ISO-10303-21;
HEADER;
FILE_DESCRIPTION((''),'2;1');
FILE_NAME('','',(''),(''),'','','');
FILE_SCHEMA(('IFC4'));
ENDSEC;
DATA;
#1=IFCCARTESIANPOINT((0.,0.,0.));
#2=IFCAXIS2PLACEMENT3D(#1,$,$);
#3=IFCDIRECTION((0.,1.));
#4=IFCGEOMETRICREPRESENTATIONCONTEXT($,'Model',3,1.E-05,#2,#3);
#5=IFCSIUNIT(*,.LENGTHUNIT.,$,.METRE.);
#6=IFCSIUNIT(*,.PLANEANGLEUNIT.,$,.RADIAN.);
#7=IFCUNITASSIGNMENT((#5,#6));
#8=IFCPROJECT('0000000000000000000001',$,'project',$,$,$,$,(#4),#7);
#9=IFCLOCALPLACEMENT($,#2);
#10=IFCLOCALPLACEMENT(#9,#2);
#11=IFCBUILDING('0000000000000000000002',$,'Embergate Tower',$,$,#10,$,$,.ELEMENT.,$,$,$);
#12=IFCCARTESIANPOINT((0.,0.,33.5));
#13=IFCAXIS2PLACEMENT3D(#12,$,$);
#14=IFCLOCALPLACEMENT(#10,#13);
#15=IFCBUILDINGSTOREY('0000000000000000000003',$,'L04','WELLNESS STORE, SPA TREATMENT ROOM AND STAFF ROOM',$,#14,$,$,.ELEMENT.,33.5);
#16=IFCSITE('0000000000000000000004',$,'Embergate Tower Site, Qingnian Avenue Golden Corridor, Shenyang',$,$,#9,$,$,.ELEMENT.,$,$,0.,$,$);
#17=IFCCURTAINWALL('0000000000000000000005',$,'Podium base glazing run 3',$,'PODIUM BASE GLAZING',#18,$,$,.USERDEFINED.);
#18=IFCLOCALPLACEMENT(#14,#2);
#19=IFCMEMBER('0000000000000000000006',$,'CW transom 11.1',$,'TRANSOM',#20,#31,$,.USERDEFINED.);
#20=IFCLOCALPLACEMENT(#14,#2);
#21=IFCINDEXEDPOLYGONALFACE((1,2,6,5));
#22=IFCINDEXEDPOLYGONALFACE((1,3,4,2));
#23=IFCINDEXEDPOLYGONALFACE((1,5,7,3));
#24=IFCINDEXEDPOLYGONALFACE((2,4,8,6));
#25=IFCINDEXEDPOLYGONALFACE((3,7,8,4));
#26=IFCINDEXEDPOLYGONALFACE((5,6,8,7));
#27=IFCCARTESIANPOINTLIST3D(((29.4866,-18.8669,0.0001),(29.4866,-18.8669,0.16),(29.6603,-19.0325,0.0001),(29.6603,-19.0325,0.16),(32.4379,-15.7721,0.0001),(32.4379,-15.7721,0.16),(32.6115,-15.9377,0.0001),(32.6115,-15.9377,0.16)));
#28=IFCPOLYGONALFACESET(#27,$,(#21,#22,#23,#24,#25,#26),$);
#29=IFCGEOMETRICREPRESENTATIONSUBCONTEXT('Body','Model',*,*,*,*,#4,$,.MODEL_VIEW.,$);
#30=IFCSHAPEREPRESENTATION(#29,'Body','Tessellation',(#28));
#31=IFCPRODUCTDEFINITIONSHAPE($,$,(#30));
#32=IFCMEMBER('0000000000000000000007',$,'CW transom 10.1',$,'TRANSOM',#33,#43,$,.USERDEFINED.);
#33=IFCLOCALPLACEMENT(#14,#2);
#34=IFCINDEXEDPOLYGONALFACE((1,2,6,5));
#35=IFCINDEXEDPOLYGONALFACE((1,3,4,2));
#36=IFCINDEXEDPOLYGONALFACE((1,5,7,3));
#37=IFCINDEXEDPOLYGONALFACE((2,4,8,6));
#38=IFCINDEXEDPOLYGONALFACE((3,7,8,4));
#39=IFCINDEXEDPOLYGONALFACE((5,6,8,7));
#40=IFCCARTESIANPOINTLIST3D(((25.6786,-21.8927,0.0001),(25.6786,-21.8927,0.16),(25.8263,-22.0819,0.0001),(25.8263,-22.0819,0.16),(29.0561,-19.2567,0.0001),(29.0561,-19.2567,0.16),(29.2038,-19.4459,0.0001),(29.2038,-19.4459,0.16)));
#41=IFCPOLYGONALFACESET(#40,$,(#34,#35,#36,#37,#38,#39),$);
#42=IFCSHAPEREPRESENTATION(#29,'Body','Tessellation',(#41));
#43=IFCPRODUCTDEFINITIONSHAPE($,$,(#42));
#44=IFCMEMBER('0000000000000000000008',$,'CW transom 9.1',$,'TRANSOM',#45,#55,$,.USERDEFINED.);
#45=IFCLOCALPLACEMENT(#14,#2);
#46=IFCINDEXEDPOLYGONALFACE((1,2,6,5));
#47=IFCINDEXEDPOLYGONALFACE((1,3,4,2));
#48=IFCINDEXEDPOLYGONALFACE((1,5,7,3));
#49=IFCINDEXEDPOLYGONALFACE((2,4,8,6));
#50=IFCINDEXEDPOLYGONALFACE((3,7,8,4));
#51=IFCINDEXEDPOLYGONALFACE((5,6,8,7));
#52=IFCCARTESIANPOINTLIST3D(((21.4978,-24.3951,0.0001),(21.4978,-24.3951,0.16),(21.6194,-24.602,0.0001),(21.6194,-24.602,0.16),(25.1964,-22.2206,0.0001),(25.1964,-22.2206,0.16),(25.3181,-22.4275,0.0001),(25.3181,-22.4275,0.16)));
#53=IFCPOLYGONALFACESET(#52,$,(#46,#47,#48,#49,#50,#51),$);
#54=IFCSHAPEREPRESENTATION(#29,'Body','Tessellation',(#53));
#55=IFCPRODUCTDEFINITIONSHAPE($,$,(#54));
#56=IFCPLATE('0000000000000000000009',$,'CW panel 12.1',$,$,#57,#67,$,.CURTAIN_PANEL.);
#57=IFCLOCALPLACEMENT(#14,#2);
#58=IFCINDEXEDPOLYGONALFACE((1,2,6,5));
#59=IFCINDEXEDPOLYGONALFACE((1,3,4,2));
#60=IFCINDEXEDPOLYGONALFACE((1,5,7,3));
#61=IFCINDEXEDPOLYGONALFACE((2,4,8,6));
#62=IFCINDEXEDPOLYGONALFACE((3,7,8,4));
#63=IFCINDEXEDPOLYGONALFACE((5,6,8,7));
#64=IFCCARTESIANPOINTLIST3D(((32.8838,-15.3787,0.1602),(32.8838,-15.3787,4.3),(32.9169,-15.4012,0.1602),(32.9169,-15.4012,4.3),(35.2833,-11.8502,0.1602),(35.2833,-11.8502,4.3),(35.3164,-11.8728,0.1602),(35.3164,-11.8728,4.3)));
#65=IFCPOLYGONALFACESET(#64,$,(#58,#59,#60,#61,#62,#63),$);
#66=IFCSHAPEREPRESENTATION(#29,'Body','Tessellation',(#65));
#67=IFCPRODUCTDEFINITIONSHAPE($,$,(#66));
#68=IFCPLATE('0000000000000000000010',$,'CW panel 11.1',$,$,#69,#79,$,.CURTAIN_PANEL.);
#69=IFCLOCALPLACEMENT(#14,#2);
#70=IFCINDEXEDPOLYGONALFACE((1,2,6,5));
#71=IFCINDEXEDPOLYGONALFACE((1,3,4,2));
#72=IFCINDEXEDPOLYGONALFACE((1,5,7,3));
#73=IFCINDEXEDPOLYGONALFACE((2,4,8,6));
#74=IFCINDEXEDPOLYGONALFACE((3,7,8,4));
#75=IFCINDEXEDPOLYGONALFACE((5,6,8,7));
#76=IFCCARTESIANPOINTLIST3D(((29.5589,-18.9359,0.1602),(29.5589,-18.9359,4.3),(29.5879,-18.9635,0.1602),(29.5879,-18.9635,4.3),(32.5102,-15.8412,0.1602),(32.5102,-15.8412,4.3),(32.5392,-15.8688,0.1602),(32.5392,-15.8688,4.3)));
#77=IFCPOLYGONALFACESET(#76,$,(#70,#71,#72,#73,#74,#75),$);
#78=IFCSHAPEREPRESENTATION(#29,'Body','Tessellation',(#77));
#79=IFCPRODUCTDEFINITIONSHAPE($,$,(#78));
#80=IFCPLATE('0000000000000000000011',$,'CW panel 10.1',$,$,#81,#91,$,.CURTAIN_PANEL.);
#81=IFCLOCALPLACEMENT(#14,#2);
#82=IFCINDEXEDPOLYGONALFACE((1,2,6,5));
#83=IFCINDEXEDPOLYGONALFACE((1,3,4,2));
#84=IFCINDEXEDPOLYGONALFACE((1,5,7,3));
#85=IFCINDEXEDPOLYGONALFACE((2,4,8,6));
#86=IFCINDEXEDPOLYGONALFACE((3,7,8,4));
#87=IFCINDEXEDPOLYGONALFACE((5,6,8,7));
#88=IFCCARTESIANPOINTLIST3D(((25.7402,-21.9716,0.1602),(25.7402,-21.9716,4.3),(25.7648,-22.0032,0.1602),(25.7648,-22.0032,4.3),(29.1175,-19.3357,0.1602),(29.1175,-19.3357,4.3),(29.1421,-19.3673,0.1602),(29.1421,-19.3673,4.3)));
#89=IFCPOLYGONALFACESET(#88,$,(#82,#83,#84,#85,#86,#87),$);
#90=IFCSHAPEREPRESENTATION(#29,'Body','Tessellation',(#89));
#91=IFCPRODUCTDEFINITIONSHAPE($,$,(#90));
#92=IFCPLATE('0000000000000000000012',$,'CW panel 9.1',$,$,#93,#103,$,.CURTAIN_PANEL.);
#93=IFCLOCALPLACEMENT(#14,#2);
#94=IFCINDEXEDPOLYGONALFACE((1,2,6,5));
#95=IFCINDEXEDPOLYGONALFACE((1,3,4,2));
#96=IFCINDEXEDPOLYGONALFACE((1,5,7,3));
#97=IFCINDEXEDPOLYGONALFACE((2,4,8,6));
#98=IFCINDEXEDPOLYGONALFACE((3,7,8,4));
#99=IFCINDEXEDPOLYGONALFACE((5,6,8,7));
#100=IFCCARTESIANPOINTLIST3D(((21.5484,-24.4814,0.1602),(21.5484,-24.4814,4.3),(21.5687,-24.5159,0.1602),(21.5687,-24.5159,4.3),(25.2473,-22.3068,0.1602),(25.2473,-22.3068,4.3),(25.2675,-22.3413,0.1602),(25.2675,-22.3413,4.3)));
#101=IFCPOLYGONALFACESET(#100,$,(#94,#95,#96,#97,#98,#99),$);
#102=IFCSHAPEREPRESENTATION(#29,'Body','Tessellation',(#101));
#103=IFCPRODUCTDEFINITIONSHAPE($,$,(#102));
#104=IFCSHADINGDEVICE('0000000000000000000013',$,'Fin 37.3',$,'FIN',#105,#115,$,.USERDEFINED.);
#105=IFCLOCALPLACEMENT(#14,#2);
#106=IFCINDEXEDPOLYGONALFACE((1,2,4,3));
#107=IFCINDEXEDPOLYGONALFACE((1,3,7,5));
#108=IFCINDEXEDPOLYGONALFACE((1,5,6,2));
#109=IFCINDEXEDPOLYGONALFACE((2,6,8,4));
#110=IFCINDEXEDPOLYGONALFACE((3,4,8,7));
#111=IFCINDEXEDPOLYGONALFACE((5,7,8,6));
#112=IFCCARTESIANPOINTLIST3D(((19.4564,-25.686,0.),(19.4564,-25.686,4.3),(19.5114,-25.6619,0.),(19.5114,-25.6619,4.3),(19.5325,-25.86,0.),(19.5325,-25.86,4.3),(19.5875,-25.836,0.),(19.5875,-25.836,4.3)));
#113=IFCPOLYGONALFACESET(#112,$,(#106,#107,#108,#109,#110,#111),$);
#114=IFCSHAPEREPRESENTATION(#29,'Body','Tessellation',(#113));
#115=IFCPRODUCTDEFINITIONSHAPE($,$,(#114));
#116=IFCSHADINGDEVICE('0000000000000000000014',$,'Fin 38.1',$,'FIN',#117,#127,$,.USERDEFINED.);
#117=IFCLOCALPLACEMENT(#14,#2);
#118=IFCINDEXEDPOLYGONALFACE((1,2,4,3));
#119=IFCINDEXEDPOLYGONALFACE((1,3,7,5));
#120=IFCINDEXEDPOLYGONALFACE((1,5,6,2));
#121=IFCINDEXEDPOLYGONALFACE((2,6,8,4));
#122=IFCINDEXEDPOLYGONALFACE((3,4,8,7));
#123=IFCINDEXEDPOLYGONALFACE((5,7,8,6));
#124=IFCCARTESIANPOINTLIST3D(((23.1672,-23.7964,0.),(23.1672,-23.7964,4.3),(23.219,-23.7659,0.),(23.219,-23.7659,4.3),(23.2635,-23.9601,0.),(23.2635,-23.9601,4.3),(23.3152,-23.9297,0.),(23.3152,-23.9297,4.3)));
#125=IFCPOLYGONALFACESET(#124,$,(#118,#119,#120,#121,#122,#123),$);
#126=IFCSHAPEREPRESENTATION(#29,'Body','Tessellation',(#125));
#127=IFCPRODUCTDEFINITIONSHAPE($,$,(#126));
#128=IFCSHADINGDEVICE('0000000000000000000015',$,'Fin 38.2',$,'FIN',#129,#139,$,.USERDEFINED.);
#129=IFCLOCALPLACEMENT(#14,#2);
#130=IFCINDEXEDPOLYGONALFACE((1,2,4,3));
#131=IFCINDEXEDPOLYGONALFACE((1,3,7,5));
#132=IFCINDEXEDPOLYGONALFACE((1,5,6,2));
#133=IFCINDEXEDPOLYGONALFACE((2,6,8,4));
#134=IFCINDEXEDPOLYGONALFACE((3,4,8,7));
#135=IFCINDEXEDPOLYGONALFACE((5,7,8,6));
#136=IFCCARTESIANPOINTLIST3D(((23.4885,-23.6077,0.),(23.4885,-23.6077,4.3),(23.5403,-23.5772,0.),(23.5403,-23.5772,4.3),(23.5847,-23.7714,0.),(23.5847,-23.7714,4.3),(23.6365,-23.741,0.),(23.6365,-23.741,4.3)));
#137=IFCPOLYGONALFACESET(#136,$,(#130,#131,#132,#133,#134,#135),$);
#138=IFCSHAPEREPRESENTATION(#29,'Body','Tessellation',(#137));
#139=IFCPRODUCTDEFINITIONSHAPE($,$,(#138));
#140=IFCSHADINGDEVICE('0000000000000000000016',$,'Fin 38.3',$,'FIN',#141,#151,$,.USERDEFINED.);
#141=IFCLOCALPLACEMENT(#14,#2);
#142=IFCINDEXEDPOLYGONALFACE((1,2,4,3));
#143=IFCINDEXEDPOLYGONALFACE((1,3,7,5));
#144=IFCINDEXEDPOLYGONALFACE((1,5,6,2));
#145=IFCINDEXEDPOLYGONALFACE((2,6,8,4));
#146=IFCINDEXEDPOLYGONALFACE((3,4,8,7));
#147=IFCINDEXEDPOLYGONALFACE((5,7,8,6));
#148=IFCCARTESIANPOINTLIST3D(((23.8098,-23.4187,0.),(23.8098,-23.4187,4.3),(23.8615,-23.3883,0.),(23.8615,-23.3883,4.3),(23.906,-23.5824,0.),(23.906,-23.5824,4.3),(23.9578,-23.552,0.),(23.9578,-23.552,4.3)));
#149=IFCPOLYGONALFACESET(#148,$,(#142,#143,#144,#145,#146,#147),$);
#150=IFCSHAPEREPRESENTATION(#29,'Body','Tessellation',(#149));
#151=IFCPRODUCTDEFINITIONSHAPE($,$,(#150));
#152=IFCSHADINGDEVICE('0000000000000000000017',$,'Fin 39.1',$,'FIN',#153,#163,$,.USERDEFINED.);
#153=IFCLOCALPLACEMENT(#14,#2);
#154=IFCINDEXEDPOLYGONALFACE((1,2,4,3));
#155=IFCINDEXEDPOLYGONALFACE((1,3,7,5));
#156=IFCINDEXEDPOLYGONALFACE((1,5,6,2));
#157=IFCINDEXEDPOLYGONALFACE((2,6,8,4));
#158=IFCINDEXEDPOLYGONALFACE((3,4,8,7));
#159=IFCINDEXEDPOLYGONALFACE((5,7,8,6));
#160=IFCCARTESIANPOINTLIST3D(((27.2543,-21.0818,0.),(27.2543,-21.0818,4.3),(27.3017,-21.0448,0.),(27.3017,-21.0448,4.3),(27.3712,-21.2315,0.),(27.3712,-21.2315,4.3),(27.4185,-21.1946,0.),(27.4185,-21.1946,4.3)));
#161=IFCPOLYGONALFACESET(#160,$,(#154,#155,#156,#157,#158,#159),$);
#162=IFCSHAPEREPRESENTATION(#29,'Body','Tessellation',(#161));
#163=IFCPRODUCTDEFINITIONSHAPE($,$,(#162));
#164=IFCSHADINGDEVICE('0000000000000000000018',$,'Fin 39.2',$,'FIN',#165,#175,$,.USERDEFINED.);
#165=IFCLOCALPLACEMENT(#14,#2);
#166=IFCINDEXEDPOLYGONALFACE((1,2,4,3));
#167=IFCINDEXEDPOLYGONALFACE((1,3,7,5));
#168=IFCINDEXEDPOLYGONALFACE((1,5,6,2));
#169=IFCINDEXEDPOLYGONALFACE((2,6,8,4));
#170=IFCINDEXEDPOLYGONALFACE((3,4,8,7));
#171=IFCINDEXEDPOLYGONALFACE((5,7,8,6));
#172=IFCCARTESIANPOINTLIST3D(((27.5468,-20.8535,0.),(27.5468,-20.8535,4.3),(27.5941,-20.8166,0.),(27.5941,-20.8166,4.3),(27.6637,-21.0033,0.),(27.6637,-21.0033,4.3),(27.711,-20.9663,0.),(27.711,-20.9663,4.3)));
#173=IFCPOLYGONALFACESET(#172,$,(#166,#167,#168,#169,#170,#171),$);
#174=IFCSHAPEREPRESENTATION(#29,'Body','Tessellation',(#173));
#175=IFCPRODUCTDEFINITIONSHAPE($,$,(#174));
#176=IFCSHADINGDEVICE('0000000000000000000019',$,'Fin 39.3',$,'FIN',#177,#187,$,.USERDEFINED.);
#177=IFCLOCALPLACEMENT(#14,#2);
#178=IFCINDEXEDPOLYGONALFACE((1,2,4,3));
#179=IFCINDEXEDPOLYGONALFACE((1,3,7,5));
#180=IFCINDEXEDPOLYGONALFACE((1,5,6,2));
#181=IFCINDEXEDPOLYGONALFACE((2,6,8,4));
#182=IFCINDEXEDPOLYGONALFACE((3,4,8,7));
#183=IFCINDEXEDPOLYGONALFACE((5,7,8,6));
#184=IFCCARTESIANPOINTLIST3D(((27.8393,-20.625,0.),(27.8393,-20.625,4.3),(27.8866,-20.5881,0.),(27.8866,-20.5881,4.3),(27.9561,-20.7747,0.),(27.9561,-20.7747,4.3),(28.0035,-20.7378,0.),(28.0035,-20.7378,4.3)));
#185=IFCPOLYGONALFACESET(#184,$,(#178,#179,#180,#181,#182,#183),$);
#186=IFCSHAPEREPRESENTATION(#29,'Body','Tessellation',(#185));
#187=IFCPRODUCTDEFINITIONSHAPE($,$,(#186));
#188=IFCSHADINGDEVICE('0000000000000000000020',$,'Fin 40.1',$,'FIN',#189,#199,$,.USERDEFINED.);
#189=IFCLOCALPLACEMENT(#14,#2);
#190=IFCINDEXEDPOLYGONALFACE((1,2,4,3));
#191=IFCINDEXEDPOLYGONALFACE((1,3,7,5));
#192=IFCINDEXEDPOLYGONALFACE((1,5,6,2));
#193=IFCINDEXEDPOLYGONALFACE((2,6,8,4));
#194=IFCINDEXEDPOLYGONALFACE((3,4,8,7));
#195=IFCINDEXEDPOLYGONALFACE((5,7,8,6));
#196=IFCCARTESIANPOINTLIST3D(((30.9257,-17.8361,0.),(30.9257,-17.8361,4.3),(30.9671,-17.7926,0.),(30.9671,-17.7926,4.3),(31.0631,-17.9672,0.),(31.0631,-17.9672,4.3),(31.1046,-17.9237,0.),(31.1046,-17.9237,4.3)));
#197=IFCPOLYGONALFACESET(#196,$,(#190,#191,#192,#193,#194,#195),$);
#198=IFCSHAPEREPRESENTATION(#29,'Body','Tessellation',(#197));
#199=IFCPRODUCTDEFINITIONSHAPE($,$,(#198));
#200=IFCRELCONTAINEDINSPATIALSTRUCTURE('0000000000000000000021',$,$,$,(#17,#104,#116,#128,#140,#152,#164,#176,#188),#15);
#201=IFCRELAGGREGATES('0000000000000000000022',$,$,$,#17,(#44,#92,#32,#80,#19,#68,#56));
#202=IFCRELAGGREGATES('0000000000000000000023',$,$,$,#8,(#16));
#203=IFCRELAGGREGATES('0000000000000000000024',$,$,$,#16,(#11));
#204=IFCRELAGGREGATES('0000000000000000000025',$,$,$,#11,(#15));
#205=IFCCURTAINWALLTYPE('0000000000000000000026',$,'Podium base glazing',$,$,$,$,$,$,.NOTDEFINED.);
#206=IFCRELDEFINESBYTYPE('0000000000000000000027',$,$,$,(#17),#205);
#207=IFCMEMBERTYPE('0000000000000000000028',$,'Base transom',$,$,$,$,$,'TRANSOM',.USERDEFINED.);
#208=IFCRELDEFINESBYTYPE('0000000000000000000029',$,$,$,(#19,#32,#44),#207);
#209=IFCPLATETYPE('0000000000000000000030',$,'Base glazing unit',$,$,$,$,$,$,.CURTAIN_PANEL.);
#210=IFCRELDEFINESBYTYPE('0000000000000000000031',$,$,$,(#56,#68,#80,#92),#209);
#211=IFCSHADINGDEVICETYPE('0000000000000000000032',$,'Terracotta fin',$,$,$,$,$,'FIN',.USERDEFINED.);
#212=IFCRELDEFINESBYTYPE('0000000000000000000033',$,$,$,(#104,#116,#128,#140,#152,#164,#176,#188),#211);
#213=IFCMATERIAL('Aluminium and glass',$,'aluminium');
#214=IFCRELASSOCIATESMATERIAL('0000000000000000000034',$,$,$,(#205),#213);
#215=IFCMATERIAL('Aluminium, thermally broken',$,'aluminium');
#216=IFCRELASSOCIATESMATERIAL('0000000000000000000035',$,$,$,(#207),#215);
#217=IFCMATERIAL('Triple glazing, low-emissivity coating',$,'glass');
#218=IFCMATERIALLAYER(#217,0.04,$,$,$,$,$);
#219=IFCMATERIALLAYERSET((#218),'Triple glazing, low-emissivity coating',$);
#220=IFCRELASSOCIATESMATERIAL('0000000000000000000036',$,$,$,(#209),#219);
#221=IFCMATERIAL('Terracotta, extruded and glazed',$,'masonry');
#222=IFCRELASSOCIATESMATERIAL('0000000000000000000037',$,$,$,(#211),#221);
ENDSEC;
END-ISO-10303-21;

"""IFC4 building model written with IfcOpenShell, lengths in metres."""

from ifc_helpers import new_model, si_unit, direction, frame, origin, origin_2d, place, context, subcontext, project, spatial, rectangle, extrude, source, transform, mapped, material, layer, layer_set, material_profile, profile_set, type_object, element, aggregate, save


model = new_model("IFC4")

# Units and contexts
model_context = context("Model", 3, precision=1e-05, world=origin(), true_north=direction((0.0, 1.0)))
body_context = subcontext(model_context, "Body", "Model", "MODEL_VIEW")
ifc_project = project(units=[si_unit("LENGTHUNIT", "METRE"), si_unit("PLANEANGLEUNIT", "RADIAN")], contexts=[model_context])

# Site, building, storey
site_placement = place(None, origin())
site = spatial("IfcSite", under=ifc_project, at=site_placement, Name="Embergate Tower Site, Qingnian Avenue Golden Corridor, Shenyang", CompositionType="ELEMENT", RefElevation=0.0)
building_placement = place(site_placement, origin())
building = spatial("IfcBuilding", under=site, at=building_placement, Name="Embergate Tower", CompositionType="ELEMENT")
storey_placement = place(building_placement, frame((0.0, 0.0, 33.5)))
storey = spatial("IfcBuildingStorey", under=building, at=storey_placement, Name="L04", Description="WELLNESS STORE, SPA TREATMENT ROOM AND STAFF ROOM", CompositionType="ELEMENT", Elevation=33.5)

# Curtain wall, members, plates
ifc_material_1 = material(Name="Aluminium and glass", Category="aluminium")
curtain_wall_type = type_object("IfcCurtainWallType", Name="Podium base glazing", PredefinedType="NOTDEFINED", material=ifc_material_1)
curtain_wall_placement = place(storey_placement, origin())
curtain_wall = element("IfcCurtainWall", 1, at=curtain_wall_placement, inside=storey, type_object=curtain_wall_type, Name="Podium base glazing run 3", ObjectType="PODIUM BASE GLAZING", PredefinedType="USERDEFINED")
ifc_material_2 = material(Name="Aluminium, thermally broken", Category="aluminium")
ifc_material_profile_1 = material_profile(ifc_material_2, rectangle(XDim=0.24, YDim=0.1599, at=origin_2d()), Name="AL 160x240")
ifc_profile_set_1 = profile_set([ifc_material_profile_1], Name="Aluminium, thermally broken")
member_type_1 = type_object("IfcMemberType", Name="Base transom", ElementType="TRANSOM", PredefinedType="USERDEFINED", material=ifc_profile_set_1)
shared_shape_1 = source(origin(), body_context, "Body", "SweptSolid", [
    extrude(rectangle(XDim=0.24, YDim=0.1599, at=origin_2d()), origin(), (0.0, 0.0, 1.0), 4.2764),
])
member_1_placement = place(storey_placement, frame((29.5735, -18.9497, 0.0801), z_axis=(0.690123, 0.723692, 0.0), x_axis=(-0.723692, 0.690123, 0.0)))
member_1 = element("IfcMember", 2, at=member_1_placement, type_object=member_type_1, Name="CW transom 11.1", ObjectType="TRANSOM", PredefinedType="USERDEFINED", context=body_context, shape_type="MappedRepresentation", body=[
    mapped(shared_shape_1, transform((0.0, 0.0, 0.0))),
])
shared_shape_2 = source(origin(), body_context, "Body", "SweptSolid", [
    extrude(rectangle(XDim=0.24, YDim=0.1599, at=origin_2d()), origin(), (0.0, 0.0, 1.0), 4.2844),
])
member_2_placement = place(storey_placement, frame((25.7524, -21.9873, 0.0801), z_axis=(0.788323, 0.615261, 0.0), x_axis=(-0.615261, 0.788323, 0.0)))
member_2 = element("IfcMember", 3, at=member_2_placement, type_object=member_type_1, Name="CW transom 10.1", ObjectType="TRANSOM", PredefinedType="USERDEFINED", context=body_context, shape_type="MappedRepresentation", body=[
    mapped(shared_shape_2, transform((0.0, 0.0, 0.0))),
])
shared_shape_3 = source(origin(), body_context, "Body", "SweptSolid", [
    extrude(rectangle(XDim=0.24, YDim=0.1599, at=origin_2d()), origin(), (0.0, 0.0, 1.0), 4.2905),
])
member_3_placement = place(storey_placement, frame((21.5586, -24.4985, 0.0801), z_axis=(0.862053, 0.506819, 0.0), x_axis=(-0.506819, 0.862053, 0.0)))
member_3 = element("IfcMember", 4, at=member_3_placement, type_object=member_type_1, Name="CW transom 9.1", ObjectType="TRANSOM", PredefinedType="USERDEFINED", context=body_context, shape_type="MappedRepresentation", body=[
    mapped(shared_shape_3, transform((0.0, 0.0, 0.0))),
])
ifc_material_3 = material(Name="Triple glazing, low-emissivity coating", Category="glass")
ifc_layer = layer(ifc_material_3, 0.04)
ifc_layer_set = layer_set([ifc_layer], Name="Triple glazing, low-emissivity coating")
plate_type = type_object("IfcPlateType", Name="Base glazing unit", PredefinedType="CURTAIN_PANEL", material=ifc_layer_set)
shared_shape_4 = source(origin(), body_context, "Body", "SweptSolid", [
    extrude(rectangle(XDim=4.2671, YDim=0.04, at=origin_2d()), origin(), (0.0, 0.0, 1.0), 4.1399),
])
plate_1_placement = place(storey_placement, frame((34.1001, -13.6257, 0.1602), z_axis=(0.0, 0.0, 1.0), x_axis=(0.562346, 0.826902, 0.0)))
plate_1 = element("IfcPlate", 5, at=plate_1_placement, type_object=plate_type, Name="CW panel 12.1", PredefinedType="CURTAIN_PANEL", context=body_context, shape_type="MappedRepresentation", body=[
    mapped(shared_shape_4, transform((0.0, 0.0, 0.0))),
])
shared_shape_5 = source(origin(), body_context, "Body", "SweptSolid", [
    extrude(rectangle(XDim=4.2764, YDim=0.04, at=origin_2d()), origin(), (0.0, 0.0, 1.0), 4.1399),
])
plate_2_placement = place(storey_placement, frame((31.0491, -17.4023, 0.1602), z_axis=(0.0, 0.0, 1.0), x_axis=(0.690138, 0.723678, 0.0)))
plate_2 = element("IfcPlate", 6, at=plate_2_placement, type_object=plate_type, Name="CW panel 11.1", PredefinedType="CURTAIN_PANEL", context=body_context, shape_type="MappedRepresentation", body=[
    mapped(shared_shape_5, transform((0.0, 0.0, 0.0))),
])
shared_shape_6 = source(origin(), body_context, "Body", "SweptSolid", [
    extrude(rectangle(XDim=4.2842, YDim=0.04, at=origin_2d()), origin(), (0.0, 0.0, 1.0), 4.1399),
])
plate_3_placement = place(storey_placement, frame((27.4412, -20.6694, 0.1602), z_axis=(0.0, 0.0, 1.0), x_axis=(0.788322, 0.615263, 0.0)))
plate_3 = element("IfcPlate", 7, at=plate_3_placement, type_object=plate_type, Name="CW panel 10.1", PredefinedType="CURTAIN_PANEL", context=body_context, shape_type="MappedRepresentation", body=[
    mapped(shared_shape_6, transform((0.0, 0.0, 0.0))),
])
shared_shape_7 = source(origin(), body_context, "Body", "SweptSolid", [
    extrude(rectangle(XDim=4.2908, YDim=0.04, at=origin_2d()), origin(), (0.0, 0.0, 1.0), 4.1399),
])
plate_4_placement = place(storey_placement, frame((23.408, -23.4114, 0.1602), z_axis=(0.0, 0.0, 1.0), x_axis=(0.862055, 0.506815, 0.0)))
plate_4 = element("IfcPlate", 8, at=plate_4_placement, type_object=plate_type, Name="CW panel 9.1", PredefinedType="CURTAIN_PANEL", context=body_context, shape_type="MappedRepresentation", body=[
    mapped(shared_shape_7, transform((0.0, 0.0, 0.0))),
])
aggregate(curtain_wall, [member_3, plate_4, member_2, plate_3, member_1, plate_2, plate_1])

# Shading devices
ifc_material_4 = material(Name="Terracotta, extruded and glazed", Category="masonry")
ifc_material_profile_2 = material_profile(ifc_material_4, rectangle(XDim=0.1899, YDim=0.0601, at=origin_2d()), Name="TC 190x60")
ifc_profile_set_2 = profile_set([ifc_material_profile_2], Name="Terracotta, extruded and glazed")
shading_device_type = type_object("IfcShadingDeviceType", Name="Terracotta fin", ElementType="FIN", PredefinedType="USERDEFINED", material=ifc_profile_set_2)
shared_shape_8 = source(origin(), body_context, "Body", "SweptSolid", [
    extrude(rectangle(XDim=0.1899, YDim=0.0601, at=origin_2d()), origin(), (0.0, 0.0, 1.0), 4.3),
])
for number, where, z_axis, x_axis, name in (
    (9, (19.522, -25.761, 0.0), (0.0, 0.0, 1.0), (-0.400637, 0.916237, 0.0), "Fin 37.3"),
    (10, (23.2412, -23.863, 0.0), (0.0, 0.0, 1.0), (-0.506815, 0.862055, 0.0), "Fin 38.1"),
    (11, (23.5625, -23.6743, 0.0), (0.0, 0.0, 1.0), (-0.506815, 0.862055, 0.0), "Fin 38.2"),
    (12, (23.8838, -23.4854, 0.0), (0.0, 0.0, 1.0), (-0.506815, 0.862055, 0.0), "Fin 38.3"),
    (13, (27.3364, -21.1382, 0.0), (0.0, 0.0, 1.0), (-0.615263, 0.788322, 0.0), "Fin 39.1"),
    (14, (27.6289, -20.9099, 0.0), (0.0, 0.0, 1.0), (-0.615263, 0.788322, 0.0), "Fin 39.2"),
    (15, (27.9214, -20.6814, 0.0), (0.0, 0.0, 1.0), (-0.615263, 0.788322, 0.0), "Fin 39.3"),
    (16, (31.0151, -17.8799, 0.0), (0.0, 0.0, 1.0), (-0.723678, 0.690138, 0.0), "Fin 40.1"),
):
    element("IfcShadingDevice", number, at=place(storey_placement, frame(where, z_axis=z_axis, x_axis=x_axis)), inside=storey, type_object=shading_device_type, Name=name, ObjectType="FIN", PredefinedType="USERDEFINED", context=body_context, shape_type="MappedRepresentation", body=[
        mapped(shared_shape_8, transform((0.0, 0.0, 0.0))),
    ])

save(model, "model.ifc")
